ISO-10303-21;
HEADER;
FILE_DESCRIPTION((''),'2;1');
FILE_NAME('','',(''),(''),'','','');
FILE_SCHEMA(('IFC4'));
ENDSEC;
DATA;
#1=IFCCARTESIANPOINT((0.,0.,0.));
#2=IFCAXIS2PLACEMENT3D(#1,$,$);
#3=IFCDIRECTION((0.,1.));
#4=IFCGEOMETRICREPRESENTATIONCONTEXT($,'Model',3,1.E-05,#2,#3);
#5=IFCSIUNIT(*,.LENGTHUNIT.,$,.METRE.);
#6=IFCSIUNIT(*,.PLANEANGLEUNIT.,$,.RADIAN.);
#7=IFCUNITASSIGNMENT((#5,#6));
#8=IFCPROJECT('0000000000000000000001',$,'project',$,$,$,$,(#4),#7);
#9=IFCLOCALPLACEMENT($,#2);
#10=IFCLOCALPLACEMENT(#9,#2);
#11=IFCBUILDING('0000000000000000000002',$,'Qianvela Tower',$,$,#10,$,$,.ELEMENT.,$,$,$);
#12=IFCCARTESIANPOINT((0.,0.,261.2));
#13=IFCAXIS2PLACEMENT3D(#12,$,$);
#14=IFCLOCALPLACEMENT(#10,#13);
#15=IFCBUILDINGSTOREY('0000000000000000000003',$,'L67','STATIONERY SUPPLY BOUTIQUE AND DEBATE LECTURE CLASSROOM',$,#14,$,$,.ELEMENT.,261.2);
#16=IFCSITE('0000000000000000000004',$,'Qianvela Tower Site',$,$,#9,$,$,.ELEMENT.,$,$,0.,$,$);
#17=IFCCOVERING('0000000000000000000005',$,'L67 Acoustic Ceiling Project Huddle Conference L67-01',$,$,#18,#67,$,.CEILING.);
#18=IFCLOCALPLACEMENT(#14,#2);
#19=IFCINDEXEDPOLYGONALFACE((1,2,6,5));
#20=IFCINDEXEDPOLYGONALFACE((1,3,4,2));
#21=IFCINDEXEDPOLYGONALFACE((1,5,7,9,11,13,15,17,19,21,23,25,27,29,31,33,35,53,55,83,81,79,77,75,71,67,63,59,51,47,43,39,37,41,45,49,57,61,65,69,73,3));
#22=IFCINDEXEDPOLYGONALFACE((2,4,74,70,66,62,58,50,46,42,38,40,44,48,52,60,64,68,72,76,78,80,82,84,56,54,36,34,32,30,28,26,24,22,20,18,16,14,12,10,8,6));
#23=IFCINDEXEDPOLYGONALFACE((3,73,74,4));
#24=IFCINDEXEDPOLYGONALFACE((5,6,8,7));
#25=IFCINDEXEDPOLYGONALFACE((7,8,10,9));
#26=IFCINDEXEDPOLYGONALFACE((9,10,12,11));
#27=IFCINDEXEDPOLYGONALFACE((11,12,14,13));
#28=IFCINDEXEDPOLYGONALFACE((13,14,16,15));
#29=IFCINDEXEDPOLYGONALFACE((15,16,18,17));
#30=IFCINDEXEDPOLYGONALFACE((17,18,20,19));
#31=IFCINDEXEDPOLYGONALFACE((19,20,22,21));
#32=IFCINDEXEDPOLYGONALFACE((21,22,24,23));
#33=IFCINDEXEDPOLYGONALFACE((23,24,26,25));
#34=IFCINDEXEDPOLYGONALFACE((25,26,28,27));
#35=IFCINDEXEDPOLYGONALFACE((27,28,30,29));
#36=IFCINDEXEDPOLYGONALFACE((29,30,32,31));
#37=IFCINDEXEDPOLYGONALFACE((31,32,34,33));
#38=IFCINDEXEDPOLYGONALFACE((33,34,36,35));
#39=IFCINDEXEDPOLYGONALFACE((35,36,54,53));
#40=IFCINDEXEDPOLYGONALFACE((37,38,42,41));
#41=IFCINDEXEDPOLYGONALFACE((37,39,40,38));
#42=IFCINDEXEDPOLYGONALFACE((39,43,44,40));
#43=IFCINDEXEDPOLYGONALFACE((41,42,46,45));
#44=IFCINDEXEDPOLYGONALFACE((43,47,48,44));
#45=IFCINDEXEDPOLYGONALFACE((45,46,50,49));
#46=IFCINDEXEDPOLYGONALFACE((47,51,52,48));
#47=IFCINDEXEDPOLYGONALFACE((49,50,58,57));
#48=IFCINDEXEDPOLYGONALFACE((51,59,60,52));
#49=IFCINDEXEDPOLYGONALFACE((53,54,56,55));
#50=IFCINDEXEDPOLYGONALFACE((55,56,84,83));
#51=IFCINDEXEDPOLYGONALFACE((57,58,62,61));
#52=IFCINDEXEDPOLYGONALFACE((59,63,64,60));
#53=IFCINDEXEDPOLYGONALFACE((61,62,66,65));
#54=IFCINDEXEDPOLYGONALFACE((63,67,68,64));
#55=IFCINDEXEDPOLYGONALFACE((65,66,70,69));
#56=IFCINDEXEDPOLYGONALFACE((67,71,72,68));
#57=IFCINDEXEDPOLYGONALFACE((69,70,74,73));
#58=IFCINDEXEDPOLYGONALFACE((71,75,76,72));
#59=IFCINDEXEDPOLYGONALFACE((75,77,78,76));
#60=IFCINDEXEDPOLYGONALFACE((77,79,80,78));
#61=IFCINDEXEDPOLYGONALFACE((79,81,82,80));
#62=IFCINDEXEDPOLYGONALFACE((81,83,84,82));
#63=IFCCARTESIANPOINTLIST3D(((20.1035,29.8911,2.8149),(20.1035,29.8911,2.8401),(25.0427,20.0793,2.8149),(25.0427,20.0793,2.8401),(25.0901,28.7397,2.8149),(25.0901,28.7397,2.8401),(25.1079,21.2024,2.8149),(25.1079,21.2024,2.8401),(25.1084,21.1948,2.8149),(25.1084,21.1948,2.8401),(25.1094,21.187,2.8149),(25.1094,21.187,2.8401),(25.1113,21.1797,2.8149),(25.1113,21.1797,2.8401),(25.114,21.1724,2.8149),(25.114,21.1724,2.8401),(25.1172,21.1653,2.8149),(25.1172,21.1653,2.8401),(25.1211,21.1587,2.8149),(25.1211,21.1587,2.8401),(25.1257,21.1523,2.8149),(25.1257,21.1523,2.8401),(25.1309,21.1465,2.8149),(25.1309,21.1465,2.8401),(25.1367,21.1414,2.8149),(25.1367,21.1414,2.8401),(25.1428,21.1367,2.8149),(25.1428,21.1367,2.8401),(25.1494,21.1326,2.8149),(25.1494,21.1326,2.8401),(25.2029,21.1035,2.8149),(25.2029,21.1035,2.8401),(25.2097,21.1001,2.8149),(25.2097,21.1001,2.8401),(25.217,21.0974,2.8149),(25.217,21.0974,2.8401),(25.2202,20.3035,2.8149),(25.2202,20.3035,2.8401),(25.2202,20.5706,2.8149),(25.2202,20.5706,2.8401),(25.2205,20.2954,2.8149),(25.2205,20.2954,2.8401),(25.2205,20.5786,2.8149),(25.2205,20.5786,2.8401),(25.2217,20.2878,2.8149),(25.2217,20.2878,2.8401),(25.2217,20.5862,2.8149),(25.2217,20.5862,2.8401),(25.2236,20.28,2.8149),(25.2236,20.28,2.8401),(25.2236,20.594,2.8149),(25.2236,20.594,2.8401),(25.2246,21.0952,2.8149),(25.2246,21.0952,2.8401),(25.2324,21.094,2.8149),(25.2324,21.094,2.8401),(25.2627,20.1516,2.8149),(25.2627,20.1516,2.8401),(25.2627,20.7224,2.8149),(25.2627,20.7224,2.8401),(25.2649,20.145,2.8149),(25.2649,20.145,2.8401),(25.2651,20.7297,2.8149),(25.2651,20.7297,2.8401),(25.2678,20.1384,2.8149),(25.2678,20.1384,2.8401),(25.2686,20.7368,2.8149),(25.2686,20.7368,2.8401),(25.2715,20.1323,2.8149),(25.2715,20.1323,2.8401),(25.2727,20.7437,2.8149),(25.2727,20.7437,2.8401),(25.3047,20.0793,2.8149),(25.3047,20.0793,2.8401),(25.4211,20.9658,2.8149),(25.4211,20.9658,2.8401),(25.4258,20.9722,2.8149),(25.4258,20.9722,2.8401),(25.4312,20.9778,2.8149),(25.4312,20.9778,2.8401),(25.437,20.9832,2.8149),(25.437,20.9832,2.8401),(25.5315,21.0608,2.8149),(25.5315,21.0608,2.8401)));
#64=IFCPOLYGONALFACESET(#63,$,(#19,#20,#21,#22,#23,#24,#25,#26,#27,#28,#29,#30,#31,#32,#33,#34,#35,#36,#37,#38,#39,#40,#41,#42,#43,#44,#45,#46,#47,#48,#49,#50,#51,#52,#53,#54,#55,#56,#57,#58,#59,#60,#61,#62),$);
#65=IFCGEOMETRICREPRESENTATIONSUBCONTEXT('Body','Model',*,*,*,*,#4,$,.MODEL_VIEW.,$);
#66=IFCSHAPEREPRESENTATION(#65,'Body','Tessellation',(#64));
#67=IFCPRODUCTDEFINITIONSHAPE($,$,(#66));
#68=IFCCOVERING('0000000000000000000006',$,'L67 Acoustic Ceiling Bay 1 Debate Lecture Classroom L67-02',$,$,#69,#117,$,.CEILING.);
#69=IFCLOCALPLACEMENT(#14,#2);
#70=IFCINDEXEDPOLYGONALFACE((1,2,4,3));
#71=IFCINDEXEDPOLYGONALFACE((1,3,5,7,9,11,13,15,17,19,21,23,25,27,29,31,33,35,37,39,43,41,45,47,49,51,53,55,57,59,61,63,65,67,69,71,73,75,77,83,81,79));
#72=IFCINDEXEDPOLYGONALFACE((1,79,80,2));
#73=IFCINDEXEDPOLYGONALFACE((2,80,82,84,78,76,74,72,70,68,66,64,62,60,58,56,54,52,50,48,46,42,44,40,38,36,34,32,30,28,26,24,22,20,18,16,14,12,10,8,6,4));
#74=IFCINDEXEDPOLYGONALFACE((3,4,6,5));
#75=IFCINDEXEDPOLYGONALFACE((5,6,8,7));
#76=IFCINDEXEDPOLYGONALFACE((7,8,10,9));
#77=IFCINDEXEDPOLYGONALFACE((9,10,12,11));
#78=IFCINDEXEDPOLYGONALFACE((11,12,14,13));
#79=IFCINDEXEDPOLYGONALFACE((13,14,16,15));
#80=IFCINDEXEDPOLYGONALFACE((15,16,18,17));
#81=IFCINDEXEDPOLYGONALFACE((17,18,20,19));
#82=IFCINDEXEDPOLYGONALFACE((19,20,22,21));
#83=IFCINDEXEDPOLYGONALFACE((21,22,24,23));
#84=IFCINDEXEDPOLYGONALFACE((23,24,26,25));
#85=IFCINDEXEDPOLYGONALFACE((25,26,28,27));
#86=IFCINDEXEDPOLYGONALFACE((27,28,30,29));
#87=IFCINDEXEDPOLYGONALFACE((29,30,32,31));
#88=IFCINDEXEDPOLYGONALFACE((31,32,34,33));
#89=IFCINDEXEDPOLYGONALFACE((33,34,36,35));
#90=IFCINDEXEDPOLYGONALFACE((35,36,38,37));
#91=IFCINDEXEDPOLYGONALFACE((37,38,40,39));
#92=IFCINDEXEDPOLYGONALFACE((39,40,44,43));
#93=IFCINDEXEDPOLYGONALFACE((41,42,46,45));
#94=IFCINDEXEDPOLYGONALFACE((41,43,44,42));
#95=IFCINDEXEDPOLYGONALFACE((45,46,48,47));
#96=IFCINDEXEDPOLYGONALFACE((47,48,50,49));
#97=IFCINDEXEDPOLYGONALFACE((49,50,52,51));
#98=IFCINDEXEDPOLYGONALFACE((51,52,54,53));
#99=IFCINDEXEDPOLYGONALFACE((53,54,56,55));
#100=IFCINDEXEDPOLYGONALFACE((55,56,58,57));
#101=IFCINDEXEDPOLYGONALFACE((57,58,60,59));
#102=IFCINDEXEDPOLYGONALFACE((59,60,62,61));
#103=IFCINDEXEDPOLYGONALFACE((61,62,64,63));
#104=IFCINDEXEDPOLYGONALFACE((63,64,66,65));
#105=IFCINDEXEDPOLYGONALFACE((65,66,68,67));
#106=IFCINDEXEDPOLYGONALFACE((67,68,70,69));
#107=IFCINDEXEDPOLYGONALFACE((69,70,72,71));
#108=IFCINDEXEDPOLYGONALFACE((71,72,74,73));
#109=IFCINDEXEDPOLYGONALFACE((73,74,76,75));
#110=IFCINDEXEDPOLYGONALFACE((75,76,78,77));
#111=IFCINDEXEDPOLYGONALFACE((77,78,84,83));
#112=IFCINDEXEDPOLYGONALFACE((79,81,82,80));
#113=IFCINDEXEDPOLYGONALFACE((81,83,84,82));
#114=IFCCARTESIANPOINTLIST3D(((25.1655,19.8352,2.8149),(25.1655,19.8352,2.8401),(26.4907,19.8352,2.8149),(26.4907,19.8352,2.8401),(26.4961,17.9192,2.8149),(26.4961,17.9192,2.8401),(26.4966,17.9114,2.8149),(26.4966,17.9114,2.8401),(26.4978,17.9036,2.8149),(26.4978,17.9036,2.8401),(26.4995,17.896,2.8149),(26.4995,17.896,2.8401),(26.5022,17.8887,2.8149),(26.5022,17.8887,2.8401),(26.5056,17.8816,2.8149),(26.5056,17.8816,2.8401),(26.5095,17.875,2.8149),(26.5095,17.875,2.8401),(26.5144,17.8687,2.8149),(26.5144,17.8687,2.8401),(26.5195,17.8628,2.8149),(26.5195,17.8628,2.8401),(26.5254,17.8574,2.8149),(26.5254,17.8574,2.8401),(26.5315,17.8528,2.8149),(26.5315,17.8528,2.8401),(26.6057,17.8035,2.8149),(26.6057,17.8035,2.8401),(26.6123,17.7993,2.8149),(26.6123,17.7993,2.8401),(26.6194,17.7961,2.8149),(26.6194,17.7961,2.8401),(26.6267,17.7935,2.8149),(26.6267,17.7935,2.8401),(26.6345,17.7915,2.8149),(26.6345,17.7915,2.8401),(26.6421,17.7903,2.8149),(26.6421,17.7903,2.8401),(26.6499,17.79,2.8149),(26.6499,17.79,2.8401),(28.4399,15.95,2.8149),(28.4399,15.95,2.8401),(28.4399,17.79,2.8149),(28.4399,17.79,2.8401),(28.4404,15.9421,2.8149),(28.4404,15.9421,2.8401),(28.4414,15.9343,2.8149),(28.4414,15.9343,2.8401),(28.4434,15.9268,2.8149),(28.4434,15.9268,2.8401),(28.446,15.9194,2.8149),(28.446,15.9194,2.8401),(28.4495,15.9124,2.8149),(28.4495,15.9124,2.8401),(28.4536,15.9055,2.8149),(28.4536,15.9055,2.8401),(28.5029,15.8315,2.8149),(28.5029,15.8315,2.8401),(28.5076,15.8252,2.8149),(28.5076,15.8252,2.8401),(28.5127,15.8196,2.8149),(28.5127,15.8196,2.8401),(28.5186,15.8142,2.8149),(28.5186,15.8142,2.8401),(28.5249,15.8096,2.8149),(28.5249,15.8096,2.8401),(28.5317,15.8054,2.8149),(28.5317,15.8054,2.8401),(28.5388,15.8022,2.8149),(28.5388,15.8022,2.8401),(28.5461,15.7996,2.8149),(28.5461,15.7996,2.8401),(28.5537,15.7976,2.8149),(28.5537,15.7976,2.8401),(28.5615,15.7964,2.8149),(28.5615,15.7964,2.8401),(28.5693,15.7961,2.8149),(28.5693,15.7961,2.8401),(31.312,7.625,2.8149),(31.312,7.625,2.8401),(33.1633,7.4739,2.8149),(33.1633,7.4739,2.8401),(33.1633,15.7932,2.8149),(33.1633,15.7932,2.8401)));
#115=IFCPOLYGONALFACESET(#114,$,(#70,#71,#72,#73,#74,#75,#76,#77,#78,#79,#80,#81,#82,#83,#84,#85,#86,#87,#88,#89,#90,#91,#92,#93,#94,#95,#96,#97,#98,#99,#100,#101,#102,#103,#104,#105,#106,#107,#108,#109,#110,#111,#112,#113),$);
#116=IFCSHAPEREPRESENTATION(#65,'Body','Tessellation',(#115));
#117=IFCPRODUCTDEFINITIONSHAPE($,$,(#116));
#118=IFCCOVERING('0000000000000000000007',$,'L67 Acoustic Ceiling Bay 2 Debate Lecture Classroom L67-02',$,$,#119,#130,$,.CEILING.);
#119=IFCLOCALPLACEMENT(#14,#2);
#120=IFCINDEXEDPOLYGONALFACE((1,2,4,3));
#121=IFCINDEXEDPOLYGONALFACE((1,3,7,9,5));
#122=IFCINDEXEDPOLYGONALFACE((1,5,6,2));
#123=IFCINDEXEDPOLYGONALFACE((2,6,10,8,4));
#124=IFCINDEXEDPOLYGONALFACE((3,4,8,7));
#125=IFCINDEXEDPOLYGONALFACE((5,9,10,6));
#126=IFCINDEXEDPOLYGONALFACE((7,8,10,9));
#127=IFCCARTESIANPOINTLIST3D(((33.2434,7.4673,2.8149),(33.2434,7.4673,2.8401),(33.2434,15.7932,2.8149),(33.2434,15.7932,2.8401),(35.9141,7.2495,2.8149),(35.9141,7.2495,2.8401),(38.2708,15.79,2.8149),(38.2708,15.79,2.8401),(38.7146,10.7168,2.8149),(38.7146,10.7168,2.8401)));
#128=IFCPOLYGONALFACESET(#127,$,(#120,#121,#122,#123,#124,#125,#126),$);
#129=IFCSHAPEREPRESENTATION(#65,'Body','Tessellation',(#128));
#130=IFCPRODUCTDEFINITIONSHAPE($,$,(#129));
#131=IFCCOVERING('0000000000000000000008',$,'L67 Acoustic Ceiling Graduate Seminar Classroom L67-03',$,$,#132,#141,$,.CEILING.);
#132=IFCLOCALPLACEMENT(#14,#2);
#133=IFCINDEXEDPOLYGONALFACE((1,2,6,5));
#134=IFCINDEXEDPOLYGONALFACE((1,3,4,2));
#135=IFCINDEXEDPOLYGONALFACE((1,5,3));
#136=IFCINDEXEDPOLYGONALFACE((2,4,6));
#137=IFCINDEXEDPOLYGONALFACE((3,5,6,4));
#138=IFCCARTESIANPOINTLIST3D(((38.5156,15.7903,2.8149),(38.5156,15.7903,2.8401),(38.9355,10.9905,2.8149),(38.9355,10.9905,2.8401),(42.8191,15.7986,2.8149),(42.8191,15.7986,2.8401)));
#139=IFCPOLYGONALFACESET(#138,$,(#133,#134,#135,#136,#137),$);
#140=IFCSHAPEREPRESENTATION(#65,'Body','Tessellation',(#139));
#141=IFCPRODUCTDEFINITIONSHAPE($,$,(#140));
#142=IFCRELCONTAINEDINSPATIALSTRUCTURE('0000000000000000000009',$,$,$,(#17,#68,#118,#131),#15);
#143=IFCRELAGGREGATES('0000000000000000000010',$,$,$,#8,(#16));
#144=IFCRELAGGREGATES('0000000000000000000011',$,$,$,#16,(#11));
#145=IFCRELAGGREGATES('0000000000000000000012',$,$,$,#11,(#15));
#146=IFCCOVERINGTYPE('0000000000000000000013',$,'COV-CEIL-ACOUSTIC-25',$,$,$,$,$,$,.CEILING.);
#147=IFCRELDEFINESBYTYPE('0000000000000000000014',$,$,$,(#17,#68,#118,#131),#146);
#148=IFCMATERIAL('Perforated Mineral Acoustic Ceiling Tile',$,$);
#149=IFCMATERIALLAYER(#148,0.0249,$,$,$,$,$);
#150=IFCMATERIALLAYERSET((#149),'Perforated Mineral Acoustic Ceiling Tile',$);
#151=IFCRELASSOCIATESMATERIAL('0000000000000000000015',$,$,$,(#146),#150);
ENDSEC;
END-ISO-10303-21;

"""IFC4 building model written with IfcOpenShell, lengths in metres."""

from ifc_helpers import new_model, si_unit, direction, frame, origin, place, context, subcontext, project, spatial, polyline, outline, extrude, material, layer, layer_set, type_object, element, save


model = new_model("IFC4")

# Units and contexts
model_context = context("Model", 3, precision=1e-05, world=origin(), true_north=direction((0.0, 1.0)))
body_context = subcontext(model_context, "Body", "Model", "MODEL_VIEW")
ifc_project = project(units=[si_unit("LENGTHUNIT", "METRE"), si_unit("PLANEANGLEUNIT", "RADIAN")], contexts=[model_context])

# Site, building, storey
site_placement = place(None, origin())
site = spatial("IfcSite", under=ifc_project, at=site_placement, Name="Qianvela Tower Site", CompositionType="ELEMENT", RefElevation=0.0)
building_placement = place(site_placement, origin())
building = spatial("IfcBuilding", under=site, at=building_placement, Name="Qianvela Tower", CompositionType="ELEMENT")
storey_placement = place(building_placement, frame((0.0, 0.0, 261.2)))
storey = spatial("IfcBuildingStorey", under=building, at=storey_placement, Name="L67", Description="STATIONERY SUPPLY BOUTIQUE AND DEBATE LECTURE CLASSROOM", CompositionType="ELEMENT", Elevation=261.2)

# Coverings
ifc_material_1 = material(Name="Perforated Mineral Acoustic Ceiling Tile")
ifc_layer_1 = layer(ifc_material_1, 0.0249)
ifc_layer_set_1 = layer_set([ifc_layer_1], Name="Perforated Mineral Acoustic Ceiling Tile")
covering_type_1 = type_object("IfcCoveringType", Name="COV-CEIL-ACOUSTIC-25", PredefinedType="CEILING", material=ifc_layer_set_1)
covering_1_placement = place(storey_placement, frame((0.0, 0.0, 2.8149)))
element("IfcCovering", 1, at=covering_1_placement, inside=storey, type_object=covering_type_1, Name="L67 Acoustic Ceiling Project Huddle Conference L67-01", PredefinedType="CEILING", context=body_context, shape_type="SweptSolid", body=[
    extrude(outline(polyline([(25.5315, 21.0608), (25.437, 20.9832), (25.4312, 20.9778), (25.4258, 20.9722), (25.4211, 20.9658), (25.2727, 20.7437), (25.2686, 20.7368), (25.2651, 20.7297), (25.2627, 20.7224), (25.2236, 20.594), (25.2217, 20.5862), (25.2205, 20.5786), (25.2202, 20.5706), (25.2202, 20.3035), (25.2205, 20.2954), (25.2217, 20.2878), (25.2236, 20.28), (25.2627, 20.1516), (25.2649, 20.145), (25.2678, 20.1384), (25.2715, 20.1323), (25.3047, 20.0793), (25.0427, 20.0793), (20.1035, 29.8911), (25.0901, 28.7397), (25.1079, 21.2024), (25.1084, 21.1948), (25.1094, 21.187), (25.1113, 21.1797), (25.114, 21.1724), (25.1172, 21.1653), (25.1211, 21.1587), (25.1257, 21.1523), (25.1309, 21.1465), (25.1367, 21.1414), (25.1428, 21.1367), (25.1494, 21.1326), (25.2029, 21.1035), (25.2097, 21.1001), (25.217, 21.0974), (25.2246, 21.0952), (25.2324, 21.094), (25.5315, 21.0608)])), origin(), (0.0, 0.0, 1.0), 0.0251),
])
covering_2_placement = place(storey_placement, frame((0.0, 0.0, 2.8149)))
element("IfcCovering", 2, at=covering_2_placement, inside=storey, type_object=covering_type_1, Name="L67 Acoustic Ceiling Bay 1 Debate Lecture Classroom L67-02", PredefinedType="CEILING", context=body_context, shape_type="SweptSolid", body=[
    extrude(outline(polyline([(26.6123, 17.7993), (26.6194, 17.7961), (26.6267, 17.7935), (26.6345, 17.7915), (26.6421, 17.7903), (26.6499, 17.79), (28.4399, 17.79), (28.4399, 15.95), (28.4404, 15.9421), (28.4414, 15.9343), (28.4434, 15.9268), (28.446, 15.9194), (28.4495, 15.9124), (28.4536, 15.9055), (28.5029, 15.8315), (28.5076, 15.8252), (28.5127, 15.8196), (28.5186, 15.8142), (28.5249, 15.8096), (28.5317, 15.8054), (28.5388, 15.8022), (28.5461, 15.7996), (28.5537, 15.7976), (28.5615, 15.7964), (28.5693, 15.7961), (33.1633, 15.7932), (33.1633, 7.4739), (31.312, 7.625), (25.1655, 19.8352), (26.4907, 19.8352), (26.4961, 17.9192), (26.4966, 17.9114), (26.4978, 17.9036), (26.4995, 17.896), (26.5022, 17.8887), (26.5056, 17.8816), (26.5095, 17.875), (26.5144, 17.8687), (26.5195, 17.8628), (26.5254, 17.8574), (26.5315, 17.8528), (26.6057, 17.8035), (26.6123, 17.7993)])), origin(), (0.0, 0.0, 1.0), 0.0251),
])
covering_3_placement = place(storey_placement, frame((0.0, 0.0, 2.8149)))
element("IfcCovering", 3, at=covering_3_placement, inside=storey, type_object=covering_type_1, Name="L67 Acoustic Ceiling Bay 2 Debate Lecture Classroom L67-02", PredefinedType="CEILING", context=body_context, shape_type="SweptSolid", body=[
    extrude(outline(polyline([(38.2708, 15.79), (38.7146, 10.7168), (35.9141, 7.2495), (33.2434, 7.4673), (33.2434, 15.7932), (38.2708, 15.79)])), origin(), (0.0, 0.0, 1.0), 0.0251),
])
covering_4_placement = place(storey_placement, frame((0.0, 0.0, 2.8149)))
element("IfcCovering", 4, at=covering_4_placement, inside=storey, type_object=covering_type_1, Name="L67 Acoustic Ceiling Graduate Seminar Classroom L67-03", PredefinedType="CEILING", context=body_context, shape_type="SweptSolid", body=[
    extrude(outline(polyline([(42.8191, 15.7986), (38.9355, 10.9905), (38.5156, 15.7903), (42.8191, 15.7986)])), origin(), (0.0, 0.0, 1.0), 0.0251),
])

save(model, "model.ifc")
